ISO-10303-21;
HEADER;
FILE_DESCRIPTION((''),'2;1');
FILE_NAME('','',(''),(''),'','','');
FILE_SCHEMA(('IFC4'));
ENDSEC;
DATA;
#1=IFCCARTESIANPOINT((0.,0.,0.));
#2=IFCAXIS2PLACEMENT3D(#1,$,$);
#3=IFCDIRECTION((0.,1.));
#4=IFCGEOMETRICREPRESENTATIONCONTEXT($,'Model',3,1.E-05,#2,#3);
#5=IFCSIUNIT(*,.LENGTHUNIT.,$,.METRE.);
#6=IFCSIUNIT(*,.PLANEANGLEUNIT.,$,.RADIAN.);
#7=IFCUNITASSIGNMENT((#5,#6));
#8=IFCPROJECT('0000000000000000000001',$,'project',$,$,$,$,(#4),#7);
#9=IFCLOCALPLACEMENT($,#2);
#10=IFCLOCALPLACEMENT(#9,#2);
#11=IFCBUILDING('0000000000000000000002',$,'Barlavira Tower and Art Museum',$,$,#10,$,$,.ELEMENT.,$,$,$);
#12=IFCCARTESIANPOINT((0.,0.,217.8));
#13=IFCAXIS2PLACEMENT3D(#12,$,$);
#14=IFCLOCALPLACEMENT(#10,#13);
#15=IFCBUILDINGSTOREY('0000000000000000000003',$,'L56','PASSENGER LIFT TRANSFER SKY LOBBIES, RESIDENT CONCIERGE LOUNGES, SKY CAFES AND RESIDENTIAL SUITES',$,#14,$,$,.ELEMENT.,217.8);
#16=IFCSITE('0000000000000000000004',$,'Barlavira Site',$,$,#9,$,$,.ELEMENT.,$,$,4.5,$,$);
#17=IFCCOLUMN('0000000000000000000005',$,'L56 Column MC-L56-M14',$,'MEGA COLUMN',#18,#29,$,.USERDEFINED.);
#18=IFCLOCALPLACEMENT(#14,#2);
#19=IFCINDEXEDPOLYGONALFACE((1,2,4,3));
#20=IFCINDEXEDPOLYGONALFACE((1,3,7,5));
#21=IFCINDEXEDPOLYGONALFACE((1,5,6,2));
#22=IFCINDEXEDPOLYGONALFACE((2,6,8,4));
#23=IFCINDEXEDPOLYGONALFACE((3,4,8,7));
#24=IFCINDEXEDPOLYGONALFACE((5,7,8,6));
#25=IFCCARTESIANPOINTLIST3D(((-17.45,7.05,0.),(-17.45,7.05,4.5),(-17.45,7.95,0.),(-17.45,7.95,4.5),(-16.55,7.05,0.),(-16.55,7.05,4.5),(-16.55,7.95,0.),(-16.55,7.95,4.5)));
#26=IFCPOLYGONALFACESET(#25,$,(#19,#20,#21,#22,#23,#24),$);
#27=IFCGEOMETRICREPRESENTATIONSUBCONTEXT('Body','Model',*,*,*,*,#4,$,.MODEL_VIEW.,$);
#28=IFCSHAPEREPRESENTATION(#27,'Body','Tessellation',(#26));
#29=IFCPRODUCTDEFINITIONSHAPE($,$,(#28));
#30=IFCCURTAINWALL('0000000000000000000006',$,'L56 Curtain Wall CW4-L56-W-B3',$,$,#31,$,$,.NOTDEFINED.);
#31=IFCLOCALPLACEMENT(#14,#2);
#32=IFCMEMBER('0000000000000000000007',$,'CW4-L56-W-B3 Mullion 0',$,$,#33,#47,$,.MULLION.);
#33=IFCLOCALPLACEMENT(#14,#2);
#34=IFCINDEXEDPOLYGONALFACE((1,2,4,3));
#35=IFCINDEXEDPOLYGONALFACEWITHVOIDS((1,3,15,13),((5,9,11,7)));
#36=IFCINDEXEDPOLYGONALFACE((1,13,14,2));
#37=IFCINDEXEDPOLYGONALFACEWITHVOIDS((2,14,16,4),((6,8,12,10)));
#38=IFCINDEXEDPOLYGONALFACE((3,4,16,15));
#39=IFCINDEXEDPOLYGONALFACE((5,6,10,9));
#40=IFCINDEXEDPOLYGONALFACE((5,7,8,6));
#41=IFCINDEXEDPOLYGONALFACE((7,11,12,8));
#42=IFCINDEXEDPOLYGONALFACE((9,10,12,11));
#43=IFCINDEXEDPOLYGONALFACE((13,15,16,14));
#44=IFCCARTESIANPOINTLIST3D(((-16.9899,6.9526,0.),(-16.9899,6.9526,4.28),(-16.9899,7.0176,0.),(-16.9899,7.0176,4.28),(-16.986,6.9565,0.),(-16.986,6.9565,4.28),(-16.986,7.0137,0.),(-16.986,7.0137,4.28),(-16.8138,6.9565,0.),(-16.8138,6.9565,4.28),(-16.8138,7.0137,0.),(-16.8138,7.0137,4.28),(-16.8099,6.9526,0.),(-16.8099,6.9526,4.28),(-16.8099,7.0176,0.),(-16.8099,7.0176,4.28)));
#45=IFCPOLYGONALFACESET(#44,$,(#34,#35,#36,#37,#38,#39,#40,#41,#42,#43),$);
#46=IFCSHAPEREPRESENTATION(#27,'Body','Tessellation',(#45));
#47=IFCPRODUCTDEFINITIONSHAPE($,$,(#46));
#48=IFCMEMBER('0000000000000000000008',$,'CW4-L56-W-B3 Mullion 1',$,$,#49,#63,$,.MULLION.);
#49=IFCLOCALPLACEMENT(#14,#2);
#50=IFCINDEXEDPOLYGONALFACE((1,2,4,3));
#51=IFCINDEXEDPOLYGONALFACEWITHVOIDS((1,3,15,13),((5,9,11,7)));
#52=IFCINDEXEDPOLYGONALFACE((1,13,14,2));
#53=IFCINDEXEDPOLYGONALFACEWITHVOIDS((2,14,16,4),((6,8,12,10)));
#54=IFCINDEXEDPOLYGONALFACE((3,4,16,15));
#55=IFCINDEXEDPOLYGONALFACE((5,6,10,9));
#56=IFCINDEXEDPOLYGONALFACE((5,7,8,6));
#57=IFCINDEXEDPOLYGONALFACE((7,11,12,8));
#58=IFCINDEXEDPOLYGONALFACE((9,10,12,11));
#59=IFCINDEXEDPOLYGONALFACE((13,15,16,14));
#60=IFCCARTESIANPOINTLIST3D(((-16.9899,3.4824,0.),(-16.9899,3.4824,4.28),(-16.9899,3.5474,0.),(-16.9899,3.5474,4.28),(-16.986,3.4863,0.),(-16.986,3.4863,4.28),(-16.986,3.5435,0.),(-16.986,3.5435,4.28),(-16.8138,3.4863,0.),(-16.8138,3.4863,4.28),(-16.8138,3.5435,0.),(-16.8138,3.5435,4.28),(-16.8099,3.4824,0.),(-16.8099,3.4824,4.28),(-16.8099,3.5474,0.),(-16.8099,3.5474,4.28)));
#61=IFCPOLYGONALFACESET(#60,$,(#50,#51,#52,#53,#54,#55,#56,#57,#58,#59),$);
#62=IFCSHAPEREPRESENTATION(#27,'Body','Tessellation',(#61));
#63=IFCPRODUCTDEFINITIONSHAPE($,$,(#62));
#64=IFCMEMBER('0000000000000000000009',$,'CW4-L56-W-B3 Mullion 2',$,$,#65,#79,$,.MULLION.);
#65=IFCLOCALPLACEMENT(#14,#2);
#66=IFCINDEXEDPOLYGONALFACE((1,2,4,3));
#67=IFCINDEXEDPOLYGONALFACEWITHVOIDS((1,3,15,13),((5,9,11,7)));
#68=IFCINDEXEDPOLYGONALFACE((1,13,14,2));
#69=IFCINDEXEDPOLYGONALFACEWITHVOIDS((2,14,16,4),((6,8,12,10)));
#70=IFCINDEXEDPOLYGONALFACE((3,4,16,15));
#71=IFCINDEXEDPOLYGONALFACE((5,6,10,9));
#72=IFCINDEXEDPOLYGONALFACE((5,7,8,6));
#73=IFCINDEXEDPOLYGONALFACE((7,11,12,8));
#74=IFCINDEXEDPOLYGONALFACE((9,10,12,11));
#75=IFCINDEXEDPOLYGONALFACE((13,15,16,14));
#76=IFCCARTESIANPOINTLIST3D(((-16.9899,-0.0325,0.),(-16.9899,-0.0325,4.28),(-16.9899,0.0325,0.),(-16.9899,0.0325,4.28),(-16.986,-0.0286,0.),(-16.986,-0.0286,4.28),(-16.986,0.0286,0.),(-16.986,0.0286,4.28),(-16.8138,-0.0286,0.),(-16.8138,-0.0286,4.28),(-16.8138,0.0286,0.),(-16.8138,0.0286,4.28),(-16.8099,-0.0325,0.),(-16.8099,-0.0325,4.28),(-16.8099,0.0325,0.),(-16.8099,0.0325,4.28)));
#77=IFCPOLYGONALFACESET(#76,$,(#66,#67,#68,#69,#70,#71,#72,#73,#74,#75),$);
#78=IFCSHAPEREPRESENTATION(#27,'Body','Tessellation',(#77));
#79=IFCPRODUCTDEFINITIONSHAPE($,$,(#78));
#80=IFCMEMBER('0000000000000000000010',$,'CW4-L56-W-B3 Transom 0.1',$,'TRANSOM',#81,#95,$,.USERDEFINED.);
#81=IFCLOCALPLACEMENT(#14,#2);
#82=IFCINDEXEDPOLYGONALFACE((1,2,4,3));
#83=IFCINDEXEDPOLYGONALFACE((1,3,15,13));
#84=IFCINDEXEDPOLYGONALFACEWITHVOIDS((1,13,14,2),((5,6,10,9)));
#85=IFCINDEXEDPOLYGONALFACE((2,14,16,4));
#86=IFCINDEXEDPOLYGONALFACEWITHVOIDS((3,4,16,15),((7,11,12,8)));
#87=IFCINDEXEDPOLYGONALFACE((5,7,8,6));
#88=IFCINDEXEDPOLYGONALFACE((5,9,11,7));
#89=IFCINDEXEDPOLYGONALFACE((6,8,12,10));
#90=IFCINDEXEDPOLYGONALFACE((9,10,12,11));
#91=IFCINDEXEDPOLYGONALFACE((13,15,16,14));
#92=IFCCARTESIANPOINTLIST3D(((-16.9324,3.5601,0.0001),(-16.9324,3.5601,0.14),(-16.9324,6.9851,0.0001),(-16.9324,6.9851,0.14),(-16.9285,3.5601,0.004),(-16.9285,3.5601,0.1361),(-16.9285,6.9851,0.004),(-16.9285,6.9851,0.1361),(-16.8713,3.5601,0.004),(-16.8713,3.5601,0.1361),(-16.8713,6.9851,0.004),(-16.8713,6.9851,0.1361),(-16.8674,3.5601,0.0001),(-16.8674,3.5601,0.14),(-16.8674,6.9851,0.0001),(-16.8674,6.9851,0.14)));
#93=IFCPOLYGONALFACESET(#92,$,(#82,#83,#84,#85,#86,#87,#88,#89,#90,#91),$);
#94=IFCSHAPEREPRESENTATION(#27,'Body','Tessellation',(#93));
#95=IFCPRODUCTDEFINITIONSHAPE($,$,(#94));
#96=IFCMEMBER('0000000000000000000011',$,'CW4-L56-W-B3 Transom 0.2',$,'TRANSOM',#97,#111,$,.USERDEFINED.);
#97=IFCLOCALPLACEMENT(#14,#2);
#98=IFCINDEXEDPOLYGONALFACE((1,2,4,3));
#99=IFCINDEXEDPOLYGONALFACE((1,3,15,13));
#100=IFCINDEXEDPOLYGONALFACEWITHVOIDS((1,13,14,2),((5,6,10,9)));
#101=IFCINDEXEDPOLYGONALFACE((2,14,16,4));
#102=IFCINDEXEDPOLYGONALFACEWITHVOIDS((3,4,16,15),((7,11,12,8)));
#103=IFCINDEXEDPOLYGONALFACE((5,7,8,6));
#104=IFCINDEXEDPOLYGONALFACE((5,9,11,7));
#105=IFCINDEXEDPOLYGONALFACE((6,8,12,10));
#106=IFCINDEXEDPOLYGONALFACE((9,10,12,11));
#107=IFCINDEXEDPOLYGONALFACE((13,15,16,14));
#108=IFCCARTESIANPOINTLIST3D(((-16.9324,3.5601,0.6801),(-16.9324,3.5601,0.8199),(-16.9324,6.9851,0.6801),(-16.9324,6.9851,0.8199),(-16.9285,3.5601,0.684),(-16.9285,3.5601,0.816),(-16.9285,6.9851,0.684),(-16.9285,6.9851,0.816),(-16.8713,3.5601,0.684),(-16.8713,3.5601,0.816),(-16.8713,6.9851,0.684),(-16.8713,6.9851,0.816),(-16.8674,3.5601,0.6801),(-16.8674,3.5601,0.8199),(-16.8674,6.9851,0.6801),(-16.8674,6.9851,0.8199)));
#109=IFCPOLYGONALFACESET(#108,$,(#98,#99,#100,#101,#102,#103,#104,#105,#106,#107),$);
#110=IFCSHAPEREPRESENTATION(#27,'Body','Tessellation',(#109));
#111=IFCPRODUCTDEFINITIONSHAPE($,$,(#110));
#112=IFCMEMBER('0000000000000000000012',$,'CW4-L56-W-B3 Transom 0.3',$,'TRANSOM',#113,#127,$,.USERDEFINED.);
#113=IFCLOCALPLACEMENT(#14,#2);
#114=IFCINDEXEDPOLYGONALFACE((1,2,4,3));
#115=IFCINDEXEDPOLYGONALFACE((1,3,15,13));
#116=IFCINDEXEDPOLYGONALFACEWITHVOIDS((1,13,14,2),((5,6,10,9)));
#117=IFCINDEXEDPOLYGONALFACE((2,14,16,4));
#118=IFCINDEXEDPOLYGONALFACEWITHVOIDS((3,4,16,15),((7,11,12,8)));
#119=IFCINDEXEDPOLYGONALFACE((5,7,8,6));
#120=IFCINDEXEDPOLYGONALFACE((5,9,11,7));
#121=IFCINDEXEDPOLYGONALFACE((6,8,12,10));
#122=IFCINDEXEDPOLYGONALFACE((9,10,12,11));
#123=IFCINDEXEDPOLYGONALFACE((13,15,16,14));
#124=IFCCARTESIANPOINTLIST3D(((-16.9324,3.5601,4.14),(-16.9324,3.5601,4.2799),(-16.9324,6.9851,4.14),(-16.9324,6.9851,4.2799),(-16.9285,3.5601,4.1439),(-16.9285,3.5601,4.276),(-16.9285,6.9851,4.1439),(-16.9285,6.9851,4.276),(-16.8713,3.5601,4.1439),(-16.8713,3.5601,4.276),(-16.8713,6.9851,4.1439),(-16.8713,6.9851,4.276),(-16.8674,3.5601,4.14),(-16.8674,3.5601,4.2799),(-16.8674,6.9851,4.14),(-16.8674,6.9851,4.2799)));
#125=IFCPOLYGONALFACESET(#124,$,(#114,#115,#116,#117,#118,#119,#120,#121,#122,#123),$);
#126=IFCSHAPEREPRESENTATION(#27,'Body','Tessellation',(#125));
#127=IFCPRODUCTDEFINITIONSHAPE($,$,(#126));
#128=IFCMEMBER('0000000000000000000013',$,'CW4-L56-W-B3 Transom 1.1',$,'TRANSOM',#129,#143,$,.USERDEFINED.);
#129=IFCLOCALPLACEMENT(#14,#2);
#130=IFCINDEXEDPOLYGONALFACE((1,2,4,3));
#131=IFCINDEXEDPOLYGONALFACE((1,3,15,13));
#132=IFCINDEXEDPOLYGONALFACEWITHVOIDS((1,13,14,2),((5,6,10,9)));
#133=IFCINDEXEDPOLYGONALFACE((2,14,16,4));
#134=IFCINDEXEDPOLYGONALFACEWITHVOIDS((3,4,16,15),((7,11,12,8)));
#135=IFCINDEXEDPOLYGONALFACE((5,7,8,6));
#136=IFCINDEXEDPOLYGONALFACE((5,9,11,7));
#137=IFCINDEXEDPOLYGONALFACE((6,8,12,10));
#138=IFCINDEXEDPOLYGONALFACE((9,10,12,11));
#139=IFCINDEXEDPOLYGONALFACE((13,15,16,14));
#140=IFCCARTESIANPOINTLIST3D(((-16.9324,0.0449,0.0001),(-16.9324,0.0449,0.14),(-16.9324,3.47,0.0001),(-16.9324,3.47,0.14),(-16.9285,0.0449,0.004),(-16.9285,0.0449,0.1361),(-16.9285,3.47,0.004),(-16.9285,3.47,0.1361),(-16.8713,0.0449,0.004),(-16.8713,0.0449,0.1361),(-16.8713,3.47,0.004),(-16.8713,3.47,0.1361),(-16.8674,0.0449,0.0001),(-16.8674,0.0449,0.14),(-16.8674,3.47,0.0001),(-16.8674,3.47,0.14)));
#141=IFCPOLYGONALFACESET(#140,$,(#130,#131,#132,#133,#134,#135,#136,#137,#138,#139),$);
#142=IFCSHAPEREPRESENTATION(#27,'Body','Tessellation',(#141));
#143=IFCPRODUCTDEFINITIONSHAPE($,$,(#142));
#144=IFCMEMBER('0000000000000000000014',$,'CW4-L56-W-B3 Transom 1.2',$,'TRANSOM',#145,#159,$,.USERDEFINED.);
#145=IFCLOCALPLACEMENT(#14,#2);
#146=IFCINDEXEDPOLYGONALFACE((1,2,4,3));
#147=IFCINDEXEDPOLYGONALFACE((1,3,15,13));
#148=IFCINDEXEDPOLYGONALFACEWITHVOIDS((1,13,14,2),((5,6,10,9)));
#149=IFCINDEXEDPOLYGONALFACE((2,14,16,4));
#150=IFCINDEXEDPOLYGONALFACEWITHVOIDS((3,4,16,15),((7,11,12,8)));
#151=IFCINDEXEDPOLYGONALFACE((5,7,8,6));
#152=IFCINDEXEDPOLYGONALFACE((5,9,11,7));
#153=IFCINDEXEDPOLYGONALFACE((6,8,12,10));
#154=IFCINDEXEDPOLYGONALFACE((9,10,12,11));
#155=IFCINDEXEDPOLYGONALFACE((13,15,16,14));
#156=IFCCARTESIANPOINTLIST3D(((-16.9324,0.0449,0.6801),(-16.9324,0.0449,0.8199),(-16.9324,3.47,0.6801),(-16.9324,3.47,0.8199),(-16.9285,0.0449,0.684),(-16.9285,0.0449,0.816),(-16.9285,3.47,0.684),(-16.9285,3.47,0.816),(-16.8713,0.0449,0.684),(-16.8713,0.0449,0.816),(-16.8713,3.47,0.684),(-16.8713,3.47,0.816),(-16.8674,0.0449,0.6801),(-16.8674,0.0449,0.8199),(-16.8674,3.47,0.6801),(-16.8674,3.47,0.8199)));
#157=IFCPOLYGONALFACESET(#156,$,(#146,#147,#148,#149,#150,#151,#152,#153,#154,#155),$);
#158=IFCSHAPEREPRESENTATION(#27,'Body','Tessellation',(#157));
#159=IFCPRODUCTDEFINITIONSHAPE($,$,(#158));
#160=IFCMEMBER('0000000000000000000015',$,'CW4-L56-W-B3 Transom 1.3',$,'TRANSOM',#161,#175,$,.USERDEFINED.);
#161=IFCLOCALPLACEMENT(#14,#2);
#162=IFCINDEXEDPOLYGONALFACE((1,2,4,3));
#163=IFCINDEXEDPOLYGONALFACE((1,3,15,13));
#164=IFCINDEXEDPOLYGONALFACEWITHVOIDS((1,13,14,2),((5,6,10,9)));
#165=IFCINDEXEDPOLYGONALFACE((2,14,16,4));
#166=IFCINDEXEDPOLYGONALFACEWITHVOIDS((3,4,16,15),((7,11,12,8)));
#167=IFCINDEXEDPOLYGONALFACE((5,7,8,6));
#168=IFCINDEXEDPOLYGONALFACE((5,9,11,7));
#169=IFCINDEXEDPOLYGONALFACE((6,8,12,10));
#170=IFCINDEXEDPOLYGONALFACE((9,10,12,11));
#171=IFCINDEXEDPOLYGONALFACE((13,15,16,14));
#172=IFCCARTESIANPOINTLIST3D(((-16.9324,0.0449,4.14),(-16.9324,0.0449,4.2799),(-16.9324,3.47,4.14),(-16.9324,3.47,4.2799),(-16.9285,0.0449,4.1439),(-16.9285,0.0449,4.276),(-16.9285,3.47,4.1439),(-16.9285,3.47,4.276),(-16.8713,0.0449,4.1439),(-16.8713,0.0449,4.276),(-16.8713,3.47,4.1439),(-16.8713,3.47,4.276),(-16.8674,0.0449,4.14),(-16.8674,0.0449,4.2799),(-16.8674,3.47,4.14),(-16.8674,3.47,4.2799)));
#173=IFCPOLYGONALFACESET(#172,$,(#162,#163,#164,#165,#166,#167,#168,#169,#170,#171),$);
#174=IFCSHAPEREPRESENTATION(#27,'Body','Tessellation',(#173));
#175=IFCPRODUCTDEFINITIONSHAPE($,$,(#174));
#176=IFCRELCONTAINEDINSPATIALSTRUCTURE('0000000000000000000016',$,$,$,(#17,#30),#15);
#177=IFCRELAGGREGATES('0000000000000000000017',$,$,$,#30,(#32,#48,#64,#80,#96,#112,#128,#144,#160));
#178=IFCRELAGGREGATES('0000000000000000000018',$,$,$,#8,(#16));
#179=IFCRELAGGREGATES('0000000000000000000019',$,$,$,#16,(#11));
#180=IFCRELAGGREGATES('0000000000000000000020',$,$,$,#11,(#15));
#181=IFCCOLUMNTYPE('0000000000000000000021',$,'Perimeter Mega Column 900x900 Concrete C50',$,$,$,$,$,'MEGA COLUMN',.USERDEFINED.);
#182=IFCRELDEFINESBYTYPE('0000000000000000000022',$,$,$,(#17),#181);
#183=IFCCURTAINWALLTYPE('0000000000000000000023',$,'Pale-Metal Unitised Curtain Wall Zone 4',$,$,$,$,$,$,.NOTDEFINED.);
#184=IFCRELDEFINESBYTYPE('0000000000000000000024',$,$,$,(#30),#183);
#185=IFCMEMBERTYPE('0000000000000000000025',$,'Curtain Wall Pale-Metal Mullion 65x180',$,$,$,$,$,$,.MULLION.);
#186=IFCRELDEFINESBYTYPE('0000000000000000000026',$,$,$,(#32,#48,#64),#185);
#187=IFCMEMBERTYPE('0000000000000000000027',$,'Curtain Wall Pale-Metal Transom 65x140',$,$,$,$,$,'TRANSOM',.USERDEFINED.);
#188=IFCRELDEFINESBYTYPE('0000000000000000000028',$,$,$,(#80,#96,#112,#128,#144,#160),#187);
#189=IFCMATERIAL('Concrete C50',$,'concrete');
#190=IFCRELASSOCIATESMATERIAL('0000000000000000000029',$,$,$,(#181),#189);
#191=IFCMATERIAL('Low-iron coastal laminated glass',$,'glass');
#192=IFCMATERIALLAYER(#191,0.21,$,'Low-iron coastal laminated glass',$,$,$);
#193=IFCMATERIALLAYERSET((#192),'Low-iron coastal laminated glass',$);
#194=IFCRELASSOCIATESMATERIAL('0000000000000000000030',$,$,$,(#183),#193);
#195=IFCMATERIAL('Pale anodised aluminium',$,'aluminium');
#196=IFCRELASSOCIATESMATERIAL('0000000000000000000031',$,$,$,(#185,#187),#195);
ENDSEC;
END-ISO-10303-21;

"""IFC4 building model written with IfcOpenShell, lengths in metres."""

from ifc_helpers import new_model, si_unit, direction, frame, origin, origin_2d, place, context, subcontext, project, spatial, rectangle, hollow_rectangle, extrude, material, layer, layer_set, material_profile, profile_set, type_object, element, aggregate, save


model = new_model("IFC4")

# Units and contexts
model_context = context("Model", 3, precision=1e-05, world=origin(), true_north=direction((0.0, 1.0)))
body_context = subcontext(model_context, "Body", "Model", "MODEL_VIEW")
ifc_project = project(units=[si_unit("LENGTHUNIT", "METRE"), si_unit("PLANEANGLEUNIT", "RADIAN")], contexts=[model_context])

# Site, building, storey
site_placement = place(None, origin())
site = spatial("IfcSite", under=ifc_project, at=site_placement, Name="Barlavira Site", CompositionType="ELEMENT", RefElevation=4.5)
building_placement = place(site_placement, origin())
building = spatial("IfcBuilding", under=site, at=building_placement, Name="Barlavira Tower and Art Museum", CompositionType="ELEMENT")
storey_placement = place(building_placement, frame((0.0, 0.0, 217.8)))
storey = spatial("IfcBuildingStorey", under=building, at=storey_placement, Name="L56", Description="PASSENGER LIFT TRANSFER SKY LOBBIES, RESIDENT CONCIERGE LOUNGES, SKY CAFES AND RESIDENTIAL SUITES", CompositionType="ELEMENT", Elevation=217.8)

# Column
ifc_material_1 = material(Name="Concrete C50", Category="concrete")
ifc_material_profile_1 = material_profile(ifc_material_1, rectangle(XDim=0.8999, YDim=0.8999, at=origin_2d()), Name="RC-COL 900x900")
ifc_profile_set_1 = profile_set([ifc_material_profile_1], Name="Concrete C50")
column_type = type_object("IfcColumnType", Name="Perimeter Mega Column 900x900 Concrete C50", ElementType="MEGA COLUMN", PredefinedType="USERDEFINED", material=ifc_profile_set_1)
column_placement = place(storey_placement, frame((-17.0, 7.5, 0.0), z_axis=(0.0, 0.0, 1.0), x_axis=(1.0, 0.0, 0.0)))
element("IfcColumn", 1, at=column_placement, inside=storey, type_object=column_type, Name="L56 Column MC-L56-M14", ObjectType="MEGA COLUMN", PredefinedType="USERDEFINED", context=body_context, shape_type="SweptSolid", body=[
    extrude(rectangle(XDim=0.8999, YDim=0.8999, at=origin_2d()), origin(), (0.0, 0.0, 1.0), 4.5),
])

# Curtain wall, members
ifc_material_2 = material(Name="Low-iron coastal laminated glass", Category="glass")
ifc_layer_1 = layer(ifc_material_2, 0.21, Name="Low-iron coastal laminated glass")
ifc_layer_set_1 = layer_set([ifc_layer_1], Name="Low-iron coastal laminated glass")
curtain_wall_type = type_object("IfcCurtainWallType", Name="Pale-Metal Unitised Curtain Wall Zone 4", PredefinedType="NOTDEFINED", material=ifc_layer_set_1)
curtain_wall_placement = place(storey_placement, origin())
curtain_wall = element("IfcCurtainWall", 2, at=curtain_wall_placement, inside=storey, type_object=curtain_wall_type, Name="L56 Curtain Wall CW4-L56-W-B3", PredefinedType="NOTDEFINED")
ifc_material_3 = material(Name="Pale anodised aluminium", Category="aluminium")
ifc_material_profile_2 = material_profile(ifc_material_3, hollow_rectangle(XDim=0.0649, YDim=0.1799, WallThickness=0.0039, at=origin_2d()), Name="ALU-MULL 65x180x4")
ifc_profile_set_2 = profile_set([ifc_material_profile_2], Name="Pale anodised aluminium")
member_type_1 = type_object("IfcMemberType", Name="Curtain Wall Pale-Metal Mullion 65x180", PredefinedType="MULLION", material=ifc_profile_set_2)
member_1_placement = place(storey_placement, frame((-16.8999, 6.9851, 0.0), z_axis=(0.0, 0.0, 1.0), x_axis=(0.0, -1.0, 0.0)))
member_1 = element("IfcMember", 3, at=member_1_placement, type_object=member_type_1, Name="CW4-L56-W-B3 Mullion 0", PredefinedType="MULLION", context=body_context, shape_type="SweptSolid", body=[
    extrude(hollow_rectangle(XDim=0.0649, YDim=0.1799, WallThickness=0.0039, at=origin_2d()), origin(), (0.0, 0.0, 1.0), 4.28),
])
member_2_placement = place(storey_placement, frame((-16.8999, 3.5149, 0.0), z_axis=(0.0, 0.0, 1.0), x_axis=(0.0, -1.0, 0.0)))
member_2 = element("IfcMember", 4, at=member_2_placement, type_object=member_type_1, Name="CW4-L56-W-B3 Mullion 1", PredefinedType="MULLION", context=body_context, shape_type="SweptSolid", body=[
    extrude(hollow_rectangle(XDim=0.0649, YDim=0.1799, WallThickness=0.0039, at=origin_2d()), origin(), (0.0, 0.0, 1.0), 4.28),
])
member_3_placement = place(storey_placement, frame((-16.8999, 0.0, 0.0), z_axis=(0.0, 0.0, 1.0), x_axis=(0.0, -1.0, 0.0)))
member_3 = element("IfcMember", 5, at=member_3_placement, type_object=member_type_1, Name="CW4-L56-W-B3 Mullion 2", PredefinedType="MULLION", context=body_context, shape_type="SweptSolid", body=[
    extrude(hollow_rectangle(XDim=0.0649, YDim=0.1799, WallThickness=0.0039, at=origin_2d()), origin(), (0.0, 0.0, 1.0), 4.28),
])
ifc_material_profile_3 = material_profile(ifc_material_3, hollow_rectangle(XDim=0.0649, YDim=0.1399, WallThickness=0.0039, at=origin_2d()), Name="ALU-TRAN 65x140x4")
ifc_profile_set_3 = profile_set([ifc_material_profile_3], Name="Pale anodised aluminium")
member_type_2 = type_object("IfcMemberType", Name="Curtain Wall Pale-Metal Transom 65x140", ElementType="TRANSOM", PredefinedType="USERDEFINED", material=ifc_profile_set_3)
member_4_placement = place(storey_placement, frame((-16.8999, 6.9851, 0.0701), z_axis=(0.0, -1.0, 0.0), x_axis=(1.0, 0.0, 0.0)))
member_4 = element("IfcMember", 6, at=member_4_placement, type_object=member_type_2, Name="CW4-L56-W-B3 Transom 0.1", ObjectType="TRANSOM", PredefinedType="USERDEFINED", context=body_context, shape_type="SweptSolid", body=[
    extrude(hollow_rectangle(XDim=0.0649, YDim=0.1399, WallThickness=0.0039, at=origin_2d()), origin(), (0.0, 0.0, 1.0), 3.425),
])
member_5_placement = place(storey_placement, frame((-16.8999, 6.9851, 0.75), z_axis=(0.0, -1.0, 0.0), x_axis=(1.0, 0.0, 0.0)))
member_5 = element("IfcMember", 7, at=member_5_placement, type_object=member_type_2, Name="CW4-L56-W-B3 Transom 0.2", ObjectType="TRANSOM", PredefinedType="USERDEFINED", context=body_context, shape_type="SweptSolid", body=[
    extrude(hollow_rectangle(XDim=0.0649, YDim=0.1399, WallThickness=0.0039, at=origin_2d()), origin(), (0.0, 0.0, 1.0), 3.425),
])
member_6_placement = place(storey_placement, frame((-16.8999, 6.9851, 4.21), z_axis=(0.0, -1.0, 0.0), x_axis=(1.0, 0.0, 0.0)))
member_6 = element("IfcMember", 8, at=member_6_placement, type_object=member_type_2, Name="CW4-L56-W-B3 Transom 0.3", ObjectType="TRANSOM", PredefinedType="USERDEFINED", context=body_context, shape_type="SweptSolid", body=[
    extrude(hollow_rectangle(XDim=0.0649, YDim=0.1399, WallThickness=0.0039, at=origin_2d()), origin(), (0.0, 0.0, 1.0), 3.425),
])
member_7_placement = place(storey_placement, frame((-16.8999, 3.47, 0.0701), z_axis=(0.0, -1.0, 0.0), x_axis=(1.0, 0.0, 0.0)))
member_7 = element("IfcMember", 9, at=member_7_placement, type_object=member_type_2, Name="CW4-L56-W-B3 Transom 1.1", ObjectType="TRANSOM", PredefinedType="USERDEFINED", context=body_context, shape_type="SweptSolid", body=[
    extrude(hollow_rectangle(XDim=0.0649, YDim=0.1399, WallThickness=0.0039, at=origin_2d()), origin(), (0.0, 0.0, 1.0), 3.425),
])
member_8_placement = place(storey_placement, frame((-16.8999, 3.47, 0.75), z_axis=(0.0, -1.0, 0.0), x_axis=(1.0, 0.0, 0.0)))
member_8 = element("IfcMember", 10, at=member_8_placement, type_object=member_type_2, Name="CW4-L56-W-B3 Transom 1.2", ObjectType="TRANSOM", PredefinedType="USERDEFINED", context=body_context, shape_type="SweptSolid", body=[
    extrude(hollow_rectangle(XDim=0.0649, YDim=0.1399, WallThickness=0.0039, at=origin_2d()), origin(), (0.0, 0.0, 1.0), 3.425),
])
member_9_placement = place(storey_placement, frame((-16.8999, 3.47, 4.21), z_axis=(0.0, -1.0, 0.0), x_axis=(1.0, 0.0, 0.0)))
member_9 = element("IfcMember", 11, at=member_9_placement, type_object=member_type_2, Name="CW4-L56-W-B3 Transom 1.3", ObjectType="TRANSOM", PredefinedType="USERDEFINED", context=body_context, shape_type="SweptSolid", body=[
    extrude(hollow_rectangle(XDim=0.0649, YDim=0.1399, WallThickness=0.0039, at=origin_2d()), origin(), (0.0, 0.0, 1.0), 3.425),
])

aggregate(curtain_wall, [member_1, member_2, member_3, member_4, member_5, member_6, member_7, member_8, member_9])

save(model, "model.ifc")
